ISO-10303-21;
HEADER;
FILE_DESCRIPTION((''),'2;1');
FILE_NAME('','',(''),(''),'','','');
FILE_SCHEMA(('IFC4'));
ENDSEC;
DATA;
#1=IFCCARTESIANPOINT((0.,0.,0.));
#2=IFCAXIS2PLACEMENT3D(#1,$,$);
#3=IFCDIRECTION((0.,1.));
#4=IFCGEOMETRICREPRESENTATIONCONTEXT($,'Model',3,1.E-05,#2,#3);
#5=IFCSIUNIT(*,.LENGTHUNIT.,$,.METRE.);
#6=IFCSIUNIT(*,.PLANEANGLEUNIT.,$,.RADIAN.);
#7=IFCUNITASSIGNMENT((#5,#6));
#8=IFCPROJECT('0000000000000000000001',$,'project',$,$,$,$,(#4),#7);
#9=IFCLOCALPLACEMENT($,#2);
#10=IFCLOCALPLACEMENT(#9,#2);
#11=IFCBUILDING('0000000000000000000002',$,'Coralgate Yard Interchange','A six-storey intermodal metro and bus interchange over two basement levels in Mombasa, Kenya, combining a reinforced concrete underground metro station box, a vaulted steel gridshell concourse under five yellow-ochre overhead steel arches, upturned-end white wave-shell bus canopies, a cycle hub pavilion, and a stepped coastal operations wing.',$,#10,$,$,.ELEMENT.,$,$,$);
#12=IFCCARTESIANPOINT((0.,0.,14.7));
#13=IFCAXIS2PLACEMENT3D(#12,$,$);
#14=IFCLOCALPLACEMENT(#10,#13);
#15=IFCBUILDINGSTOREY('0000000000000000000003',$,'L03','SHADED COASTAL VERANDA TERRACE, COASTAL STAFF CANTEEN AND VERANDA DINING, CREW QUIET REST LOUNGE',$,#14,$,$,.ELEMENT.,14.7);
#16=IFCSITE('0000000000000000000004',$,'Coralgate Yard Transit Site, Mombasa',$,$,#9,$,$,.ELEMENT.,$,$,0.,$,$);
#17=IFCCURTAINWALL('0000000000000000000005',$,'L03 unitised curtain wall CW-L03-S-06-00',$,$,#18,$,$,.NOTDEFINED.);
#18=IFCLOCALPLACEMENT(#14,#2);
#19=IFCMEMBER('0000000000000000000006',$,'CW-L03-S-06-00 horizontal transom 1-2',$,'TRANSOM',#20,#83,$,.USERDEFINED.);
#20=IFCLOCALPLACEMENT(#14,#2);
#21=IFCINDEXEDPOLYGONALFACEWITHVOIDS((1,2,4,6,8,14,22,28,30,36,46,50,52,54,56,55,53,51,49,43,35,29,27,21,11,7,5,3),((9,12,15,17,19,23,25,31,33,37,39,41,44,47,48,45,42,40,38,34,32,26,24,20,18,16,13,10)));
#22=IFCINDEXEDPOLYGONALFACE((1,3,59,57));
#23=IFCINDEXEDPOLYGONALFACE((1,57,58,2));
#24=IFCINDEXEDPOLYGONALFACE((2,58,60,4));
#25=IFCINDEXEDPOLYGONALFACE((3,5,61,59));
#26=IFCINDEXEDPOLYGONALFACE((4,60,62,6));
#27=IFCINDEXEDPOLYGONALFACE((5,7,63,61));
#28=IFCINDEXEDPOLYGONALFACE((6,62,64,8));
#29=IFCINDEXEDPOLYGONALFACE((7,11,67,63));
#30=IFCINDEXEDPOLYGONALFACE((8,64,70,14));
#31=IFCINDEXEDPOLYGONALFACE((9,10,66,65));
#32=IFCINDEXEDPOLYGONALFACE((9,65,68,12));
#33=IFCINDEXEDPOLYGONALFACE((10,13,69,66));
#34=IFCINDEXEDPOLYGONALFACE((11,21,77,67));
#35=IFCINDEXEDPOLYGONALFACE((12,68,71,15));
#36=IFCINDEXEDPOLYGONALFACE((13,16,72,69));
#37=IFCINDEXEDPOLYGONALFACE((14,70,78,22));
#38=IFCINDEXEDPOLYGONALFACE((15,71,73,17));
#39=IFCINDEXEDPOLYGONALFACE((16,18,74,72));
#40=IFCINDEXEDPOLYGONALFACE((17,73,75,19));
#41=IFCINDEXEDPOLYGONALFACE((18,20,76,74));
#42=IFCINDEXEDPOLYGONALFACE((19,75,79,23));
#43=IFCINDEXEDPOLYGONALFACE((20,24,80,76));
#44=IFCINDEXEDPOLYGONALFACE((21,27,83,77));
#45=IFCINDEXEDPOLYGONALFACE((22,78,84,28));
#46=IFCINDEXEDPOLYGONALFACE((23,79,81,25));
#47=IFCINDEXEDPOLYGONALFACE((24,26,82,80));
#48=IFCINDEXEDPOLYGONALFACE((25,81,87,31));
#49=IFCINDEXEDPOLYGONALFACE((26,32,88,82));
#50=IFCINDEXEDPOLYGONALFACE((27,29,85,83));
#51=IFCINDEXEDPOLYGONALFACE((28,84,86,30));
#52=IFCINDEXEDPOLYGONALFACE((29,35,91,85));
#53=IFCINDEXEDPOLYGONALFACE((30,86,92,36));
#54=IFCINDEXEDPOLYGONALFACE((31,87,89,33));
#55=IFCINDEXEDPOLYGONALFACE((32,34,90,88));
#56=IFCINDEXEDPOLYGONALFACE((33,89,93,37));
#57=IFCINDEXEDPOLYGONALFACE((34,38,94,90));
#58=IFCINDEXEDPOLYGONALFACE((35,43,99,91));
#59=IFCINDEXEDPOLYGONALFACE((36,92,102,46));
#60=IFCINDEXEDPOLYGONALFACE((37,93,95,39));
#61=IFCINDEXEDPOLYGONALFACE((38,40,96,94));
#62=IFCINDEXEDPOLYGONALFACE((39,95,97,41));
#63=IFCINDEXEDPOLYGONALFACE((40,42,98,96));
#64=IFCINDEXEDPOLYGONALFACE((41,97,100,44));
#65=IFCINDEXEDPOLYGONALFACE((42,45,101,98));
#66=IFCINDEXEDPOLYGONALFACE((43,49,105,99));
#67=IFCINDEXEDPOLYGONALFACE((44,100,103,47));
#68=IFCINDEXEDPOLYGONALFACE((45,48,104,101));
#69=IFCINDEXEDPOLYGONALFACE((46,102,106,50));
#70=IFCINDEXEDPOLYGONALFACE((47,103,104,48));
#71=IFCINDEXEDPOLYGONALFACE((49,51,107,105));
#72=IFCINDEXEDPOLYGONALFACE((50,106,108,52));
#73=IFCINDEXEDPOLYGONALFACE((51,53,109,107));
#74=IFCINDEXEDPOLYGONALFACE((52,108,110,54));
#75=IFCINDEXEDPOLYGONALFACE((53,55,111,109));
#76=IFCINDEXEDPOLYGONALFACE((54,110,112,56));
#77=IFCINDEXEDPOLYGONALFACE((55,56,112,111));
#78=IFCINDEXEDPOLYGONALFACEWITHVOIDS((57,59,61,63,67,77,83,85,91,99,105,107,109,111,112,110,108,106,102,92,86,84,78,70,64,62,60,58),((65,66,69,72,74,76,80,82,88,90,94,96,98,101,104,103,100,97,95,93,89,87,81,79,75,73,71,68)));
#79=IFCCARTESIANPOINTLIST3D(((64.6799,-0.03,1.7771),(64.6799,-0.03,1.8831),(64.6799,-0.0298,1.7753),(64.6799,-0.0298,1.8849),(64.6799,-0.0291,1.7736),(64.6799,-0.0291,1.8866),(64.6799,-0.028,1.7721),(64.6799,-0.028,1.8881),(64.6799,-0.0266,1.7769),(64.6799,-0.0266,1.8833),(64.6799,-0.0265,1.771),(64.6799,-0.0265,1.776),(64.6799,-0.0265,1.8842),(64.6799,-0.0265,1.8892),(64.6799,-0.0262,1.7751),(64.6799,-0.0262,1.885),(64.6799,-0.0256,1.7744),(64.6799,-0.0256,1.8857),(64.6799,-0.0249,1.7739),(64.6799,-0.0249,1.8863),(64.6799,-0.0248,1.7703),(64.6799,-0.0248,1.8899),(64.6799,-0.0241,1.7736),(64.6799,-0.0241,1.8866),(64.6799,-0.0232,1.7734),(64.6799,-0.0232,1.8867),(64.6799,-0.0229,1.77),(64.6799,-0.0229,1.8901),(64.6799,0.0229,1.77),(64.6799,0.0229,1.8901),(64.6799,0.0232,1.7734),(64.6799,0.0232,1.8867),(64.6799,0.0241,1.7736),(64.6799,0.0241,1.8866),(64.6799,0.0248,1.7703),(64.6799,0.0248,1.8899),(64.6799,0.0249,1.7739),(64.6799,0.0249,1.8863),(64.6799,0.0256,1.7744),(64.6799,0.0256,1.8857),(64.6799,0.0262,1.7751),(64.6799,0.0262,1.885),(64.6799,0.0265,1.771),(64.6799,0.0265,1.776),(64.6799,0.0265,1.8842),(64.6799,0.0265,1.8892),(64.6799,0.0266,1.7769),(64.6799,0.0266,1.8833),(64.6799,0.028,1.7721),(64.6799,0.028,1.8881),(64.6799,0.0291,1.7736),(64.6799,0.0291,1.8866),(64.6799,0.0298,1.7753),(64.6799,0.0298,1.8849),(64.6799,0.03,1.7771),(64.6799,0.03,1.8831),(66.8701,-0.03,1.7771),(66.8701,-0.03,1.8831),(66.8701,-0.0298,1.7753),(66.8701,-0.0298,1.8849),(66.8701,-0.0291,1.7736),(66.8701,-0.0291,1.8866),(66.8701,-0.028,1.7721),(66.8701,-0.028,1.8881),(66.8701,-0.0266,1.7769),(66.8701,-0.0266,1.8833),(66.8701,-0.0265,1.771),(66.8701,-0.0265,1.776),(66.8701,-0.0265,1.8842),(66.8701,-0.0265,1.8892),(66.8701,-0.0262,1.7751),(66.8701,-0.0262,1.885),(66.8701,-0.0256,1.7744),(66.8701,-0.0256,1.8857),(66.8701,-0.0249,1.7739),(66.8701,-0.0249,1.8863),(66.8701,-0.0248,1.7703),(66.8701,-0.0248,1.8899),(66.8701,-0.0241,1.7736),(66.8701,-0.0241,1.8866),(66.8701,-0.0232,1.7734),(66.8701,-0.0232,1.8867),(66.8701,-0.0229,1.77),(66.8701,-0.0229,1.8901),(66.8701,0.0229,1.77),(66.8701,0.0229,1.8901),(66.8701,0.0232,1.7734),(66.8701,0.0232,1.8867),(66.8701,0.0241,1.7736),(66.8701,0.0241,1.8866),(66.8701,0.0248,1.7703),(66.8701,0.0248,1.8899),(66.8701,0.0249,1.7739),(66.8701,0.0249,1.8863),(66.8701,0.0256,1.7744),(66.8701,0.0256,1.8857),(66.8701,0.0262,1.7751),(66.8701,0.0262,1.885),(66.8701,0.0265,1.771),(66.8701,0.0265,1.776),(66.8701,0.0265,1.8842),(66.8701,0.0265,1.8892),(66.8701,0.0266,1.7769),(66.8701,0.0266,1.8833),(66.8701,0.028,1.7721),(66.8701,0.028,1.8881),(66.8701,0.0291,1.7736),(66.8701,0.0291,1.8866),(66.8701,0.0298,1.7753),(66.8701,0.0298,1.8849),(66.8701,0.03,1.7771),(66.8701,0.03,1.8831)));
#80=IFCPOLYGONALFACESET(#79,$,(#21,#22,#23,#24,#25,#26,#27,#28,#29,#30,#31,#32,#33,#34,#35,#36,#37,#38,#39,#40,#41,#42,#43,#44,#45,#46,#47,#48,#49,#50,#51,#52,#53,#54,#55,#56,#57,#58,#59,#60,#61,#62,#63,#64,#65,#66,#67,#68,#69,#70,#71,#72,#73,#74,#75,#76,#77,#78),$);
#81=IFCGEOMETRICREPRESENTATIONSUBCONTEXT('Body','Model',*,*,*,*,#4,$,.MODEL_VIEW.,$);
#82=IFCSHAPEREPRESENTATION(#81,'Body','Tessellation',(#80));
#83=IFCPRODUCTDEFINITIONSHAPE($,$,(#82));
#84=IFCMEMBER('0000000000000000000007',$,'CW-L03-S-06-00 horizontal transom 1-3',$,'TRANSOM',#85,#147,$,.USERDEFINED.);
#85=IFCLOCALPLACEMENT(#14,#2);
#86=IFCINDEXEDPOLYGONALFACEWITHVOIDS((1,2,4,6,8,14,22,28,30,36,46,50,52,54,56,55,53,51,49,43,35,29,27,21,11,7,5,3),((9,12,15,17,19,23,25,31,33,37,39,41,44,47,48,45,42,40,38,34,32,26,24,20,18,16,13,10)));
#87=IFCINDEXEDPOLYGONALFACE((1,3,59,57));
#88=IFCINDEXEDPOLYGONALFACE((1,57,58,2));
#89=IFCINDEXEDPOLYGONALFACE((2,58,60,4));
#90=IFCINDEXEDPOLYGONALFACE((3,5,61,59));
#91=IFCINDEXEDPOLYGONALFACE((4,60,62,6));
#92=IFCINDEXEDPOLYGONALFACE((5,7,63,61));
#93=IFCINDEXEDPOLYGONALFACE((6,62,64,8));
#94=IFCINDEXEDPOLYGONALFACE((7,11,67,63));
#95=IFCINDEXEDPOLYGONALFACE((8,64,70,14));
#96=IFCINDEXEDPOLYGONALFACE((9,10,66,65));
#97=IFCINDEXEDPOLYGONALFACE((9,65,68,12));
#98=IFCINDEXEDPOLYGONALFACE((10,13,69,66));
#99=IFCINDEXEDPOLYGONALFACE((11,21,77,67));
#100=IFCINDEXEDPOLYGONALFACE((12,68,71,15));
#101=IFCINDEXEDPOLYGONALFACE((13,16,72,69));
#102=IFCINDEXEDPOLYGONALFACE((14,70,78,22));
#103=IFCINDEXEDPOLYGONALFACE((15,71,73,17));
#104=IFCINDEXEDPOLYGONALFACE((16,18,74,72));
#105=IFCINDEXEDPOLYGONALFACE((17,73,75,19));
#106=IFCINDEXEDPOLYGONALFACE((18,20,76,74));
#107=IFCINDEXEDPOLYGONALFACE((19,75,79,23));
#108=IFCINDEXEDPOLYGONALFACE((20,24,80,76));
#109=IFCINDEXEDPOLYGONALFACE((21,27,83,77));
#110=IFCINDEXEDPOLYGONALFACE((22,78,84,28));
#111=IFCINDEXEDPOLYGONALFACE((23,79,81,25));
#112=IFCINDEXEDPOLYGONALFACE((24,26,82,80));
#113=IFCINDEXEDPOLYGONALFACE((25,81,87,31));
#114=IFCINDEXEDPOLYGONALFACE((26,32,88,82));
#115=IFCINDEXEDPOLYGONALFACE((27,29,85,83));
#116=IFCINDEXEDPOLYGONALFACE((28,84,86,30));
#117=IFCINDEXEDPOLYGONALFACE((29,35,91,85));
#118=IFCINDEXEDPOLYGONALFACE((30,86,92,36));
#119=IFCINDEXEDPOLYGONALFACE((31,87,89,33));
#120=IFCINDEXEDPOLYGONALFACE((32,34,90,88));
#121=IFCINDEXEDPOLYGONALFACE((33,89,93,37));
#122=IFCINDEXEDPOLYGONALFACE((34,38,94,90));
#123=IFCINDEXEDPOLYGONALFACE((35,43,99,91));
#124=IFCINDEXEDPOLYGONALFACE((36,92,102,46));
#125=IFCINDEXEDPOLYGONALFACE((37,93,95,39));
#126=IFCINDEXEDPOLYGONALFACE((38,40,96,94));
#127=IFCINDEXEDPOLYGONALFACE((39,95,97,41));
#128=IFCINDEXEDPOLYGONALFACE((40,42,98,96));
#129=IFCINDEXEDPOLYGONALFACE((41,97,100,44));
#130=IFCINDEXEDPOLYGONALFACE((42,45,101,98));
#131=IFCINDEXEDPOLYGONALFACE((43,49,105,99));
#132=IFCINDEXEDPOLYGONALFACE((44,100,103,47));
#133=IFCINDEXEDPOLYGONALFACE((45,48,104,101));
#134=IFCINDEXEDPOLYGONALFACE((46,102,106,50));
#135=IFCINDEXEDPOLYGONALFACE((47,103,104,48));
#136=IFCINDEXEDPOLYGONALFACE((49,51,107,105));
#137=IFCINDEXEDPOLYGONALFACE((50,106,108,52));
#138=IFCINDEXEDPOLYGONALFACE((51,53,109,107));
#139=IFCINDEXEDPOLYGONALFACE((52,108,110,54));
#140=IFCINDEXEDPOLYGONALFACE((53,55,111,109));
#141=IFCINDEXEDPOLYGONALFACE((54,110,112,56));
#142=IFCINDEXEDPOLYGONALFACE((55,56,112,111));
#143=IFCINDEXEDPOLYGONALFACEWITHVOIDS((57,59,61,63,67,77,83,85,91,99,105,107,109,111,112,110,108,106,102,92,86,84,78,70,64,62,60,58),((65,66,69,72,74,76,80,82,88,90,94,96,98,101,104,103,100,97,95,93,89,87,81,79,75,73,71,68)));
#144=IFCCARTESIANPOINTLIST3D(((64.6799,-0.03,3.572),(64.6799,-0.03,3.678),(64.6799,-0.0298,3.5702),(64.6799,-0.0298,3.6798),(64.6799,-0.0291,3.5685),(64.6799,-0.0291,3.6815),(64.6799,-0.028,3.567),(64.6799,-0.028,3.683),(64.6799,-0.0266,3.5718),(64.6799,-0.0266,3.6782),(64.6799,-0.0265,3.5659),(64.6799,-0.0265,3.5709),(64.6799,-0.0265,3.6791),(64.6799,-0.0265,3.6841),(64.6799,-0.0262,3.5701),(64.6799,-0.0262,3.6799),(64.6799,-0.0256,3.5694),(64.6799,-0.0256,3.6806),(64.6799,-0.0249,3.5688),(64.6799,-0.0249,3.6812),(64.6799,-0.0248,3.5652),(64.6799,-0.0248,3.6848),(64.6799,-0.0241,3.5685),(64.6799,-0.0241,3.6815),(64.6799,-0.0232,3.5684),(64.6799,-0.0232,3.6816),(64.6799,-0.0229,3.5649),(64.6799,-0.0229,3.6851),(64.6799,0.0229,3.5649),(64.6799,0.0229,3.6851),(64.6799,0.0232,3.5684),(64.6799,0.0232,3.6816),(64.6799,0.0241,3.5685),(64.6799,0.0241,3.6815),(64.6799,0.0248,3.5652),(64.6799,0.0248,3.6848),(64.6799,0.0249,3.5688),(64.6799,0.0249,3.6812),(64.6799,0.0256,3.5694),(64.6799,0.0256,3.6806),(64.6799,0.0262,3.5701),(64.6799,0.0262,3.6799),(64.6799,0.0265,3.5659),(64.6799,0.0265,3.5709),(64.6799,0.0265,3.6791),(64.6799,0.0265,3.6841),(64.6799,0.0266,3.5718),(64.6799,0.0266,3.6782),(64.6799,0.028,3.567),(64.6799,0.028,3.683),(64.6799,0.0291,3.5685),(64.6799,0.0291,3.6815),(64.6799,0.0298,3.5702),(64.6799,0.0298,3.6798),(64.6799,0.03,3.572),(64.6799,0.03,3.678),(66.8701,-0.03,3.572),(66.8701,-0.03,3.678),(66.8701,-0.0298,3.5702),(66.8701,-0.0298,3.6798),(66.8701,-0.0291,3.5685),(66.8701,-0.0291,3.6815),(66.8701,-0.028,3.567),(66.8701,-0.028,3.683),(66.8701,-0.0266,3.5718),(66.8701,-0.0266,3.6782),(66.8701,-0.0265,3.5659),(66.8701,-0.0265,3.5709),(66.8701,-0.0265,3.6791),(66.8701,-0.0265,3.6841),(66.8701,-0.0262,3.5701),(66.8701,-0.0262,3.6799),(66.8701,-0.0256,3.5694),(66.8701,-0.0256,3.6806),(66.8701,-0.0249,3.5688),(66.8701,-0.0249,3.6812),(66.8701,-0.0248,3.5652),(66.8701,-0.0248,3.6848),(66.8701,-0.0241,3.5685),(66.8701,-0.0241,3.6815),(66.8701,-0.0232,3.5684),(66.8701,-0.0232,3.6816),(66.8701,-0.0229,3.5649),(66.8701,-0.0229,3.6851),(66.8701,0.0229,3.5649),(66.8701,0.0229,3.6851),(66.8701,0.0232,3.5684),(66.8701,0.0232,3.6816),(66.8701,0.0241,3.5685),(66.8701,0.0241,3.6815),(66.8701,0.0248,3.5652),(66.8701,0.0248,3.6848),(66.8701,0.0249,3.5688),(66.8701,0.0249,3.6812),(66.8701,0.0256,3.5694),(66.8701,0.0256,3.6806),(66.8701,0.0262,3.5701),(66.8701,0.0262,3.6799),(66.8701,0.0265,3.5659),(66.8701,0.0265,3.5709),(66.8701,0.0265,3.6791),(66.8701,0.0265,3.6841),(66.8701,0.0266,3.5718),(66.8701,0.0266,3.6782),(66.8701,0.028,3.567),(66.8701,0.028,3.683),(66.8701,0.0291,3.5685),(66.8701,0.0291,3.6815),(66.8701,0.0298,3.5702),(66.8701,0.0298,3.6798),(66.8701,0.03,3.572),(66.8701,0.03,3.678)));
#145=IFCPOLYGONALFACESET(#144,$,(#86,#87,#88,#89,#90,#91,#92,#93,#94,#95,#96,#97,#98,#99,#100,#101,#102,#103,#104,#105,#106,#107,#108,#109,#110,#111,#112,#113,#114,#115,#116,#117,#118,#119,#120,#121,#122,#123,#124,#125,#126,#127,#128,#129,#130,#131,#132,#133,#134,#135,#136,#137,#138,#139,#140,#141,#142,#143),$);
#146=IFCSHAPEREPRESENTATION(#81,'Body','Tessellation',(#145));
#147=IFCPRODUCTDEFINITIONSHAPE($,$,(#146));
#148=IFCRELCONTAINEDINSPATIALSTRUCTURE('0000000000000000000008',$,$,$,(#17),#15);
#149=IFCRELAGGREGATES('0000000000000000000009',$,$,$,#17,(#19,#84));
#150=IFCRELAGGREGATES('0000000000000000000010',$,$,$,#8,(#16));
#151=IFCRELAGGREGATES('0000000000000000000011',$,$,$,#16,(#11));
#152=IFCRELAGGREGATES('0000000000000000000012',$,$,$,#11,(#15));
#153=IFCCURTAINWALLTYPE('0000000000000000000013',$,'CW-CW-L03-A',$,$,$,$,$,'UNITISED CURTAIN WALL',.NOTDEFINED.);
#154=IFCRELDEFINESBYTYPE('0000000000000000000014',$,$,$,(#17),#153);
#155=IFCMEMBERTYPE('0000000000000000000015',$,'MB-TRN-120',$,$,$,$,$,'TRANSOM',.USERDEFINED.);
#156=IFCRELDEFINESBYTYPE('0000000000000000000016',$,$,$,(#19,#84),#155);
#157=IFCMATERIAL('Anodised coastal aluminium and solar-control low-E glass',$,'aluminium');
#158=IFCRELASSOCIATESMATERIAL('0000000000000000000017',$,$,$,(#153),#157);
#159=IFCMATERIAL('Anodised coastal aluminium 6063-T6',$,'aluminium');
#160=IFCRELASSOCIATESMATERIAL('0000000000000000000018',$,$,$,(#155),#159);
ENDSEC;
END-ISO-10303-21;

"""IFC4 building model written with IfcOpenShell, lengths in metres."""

from ifc_helpers import new_model, si_unit, direction, frame, origin, origin_2d, place, context, subcontext, project, spatial, hollow_rectangle, extrude, material, material_profile, profile_set, type_object, element, aggregate, save


model = new_model("IFC4")

# Units and contexts
model_context = context("Model", 3, precision=1e-05, world=origin(), true_north=direction((0.0, 1.0)))
body_context = subcontext(model_context, "Body", "Model", "MODEL_VIEW")
ifc_project = project(units=[si_unit("LENGTHUNIT", "METRE"), si_unit("PLANEANGLEUNIT", "RADIAN")], contexts=[model_context])

# Site, building, storey
site_placement = place(None, origin())
site = spatial("IfcSite", under=ifc_project, at=site_placement, Name="Coralgate Yard Transit Site, Mombasa", CompositionType="ELEMENT", RefElevation=0.0)
building_placement = place(site_placement, origin())
building = spatial("IfcBuilding", under=site, at=building_placement, Name="Coralgate Yard Interchange", Description="A six-storey intermodal metro and bus interchange over two basement levels in Mombasa, Kenya, combining a reinforced concrete underground metro station box, a vaulted steel gridshell concourse under five yellow-ochre overhead steel arches, upturned-end white wave-shell bus canopies, a cycle hub pavilion, and a stepped coastal operations wing.", CompositionType="ELEMENT")
storey_placement = place(building_placement, frame((0.0, 0.0, 14.7)))
storey = spatial("IfcBuildingStorey", under=building, at=storey_placement, Name="L03", Description="SHADED COASTAL VERANDA TERRACE, COASTAL STAFF CANTEEN AND VERANDA DINING, CREW QUIET REST LOUNGE", CompositionType="ELEMENT", Elevation=14.7)

# Curtain wall, members
ifc_material_1 = material(Name="Anodised coastal aluminium and solar-control low-E glass", Category="aluminium")
curtain_wall_type = type_object("IfcCurtainWallType", Name="CW-CW-L03-A", ElementType="UNITISED CURTAIN WALL", PredefinedType="NOTDEFINED", material=ifc_material_1)
curtain_wall_placement = place(storey_placement, origin())
curtain_wall = element("IfcCurtainWall", 1, at=curtain_wall_placement, inside=storey, type_object=curtain_wall_type, Name="L03 unitised curtain wall CW-L03-S-06-00", PredefinedType="NOTDEFINED")
ifc_material_2 = material(Name="Anodised coastal aluminium 6063-T6", Category="aluminium")
ifc_material_profile_1 = material_profile(ifc_material_2, hollow_rectangle(XDim=0.0601, YDim=0.1201, WallThickness=0.0034, InnerFilletRadius=0.0034, OuterFilletRadius=0.0071, at=origin_2d()), Name="ALU 60x120x3.5")
ifc_profile_set_1 = profile_set([ifc_material_profile_1], Name="Anodised coastal aluminium 6063-T6")
member_type_1 = type_object("IfcMemberType", Name="MB-TRN-120", ElementType="TRANSOM", PredefinedType="USERDEFINED", material=ifc_profile_set_1)
member_1_placement = place(storey_placement, frame((66.8701, 0.0, 1.8301), z_axis=(-1.0, 0.0, 0.0), x_axis=(0.0, -1.0, 0.0)))
member_1 = element("IfcMember", 2, at=member_1_placement, type_object=member_type_1, Name="CW-L03-S-06-00 horizontal transom 1-2", ObjectType="TRANSOM", PredefinedType="USERDEFINED", context=body_context, shape_type="SweptSolid", body=[
    extrude(hollow_rectangle(XDim=0.0601, YDim=0.1201, WallThickness=0.0034, InnerFilletRadius=0.0034, OuterFilletRadius=0.0071, at=origin_2d()), origin(), (0.0, 0.0, 1.0), 2.1902),
])
member_2_placement = place(storey_placement, frame((66.8701, 0.0, 3.625), z_axis=(-1.0, 0.0, 0.0), x_axis=(0.0, -1.0, 0.0)))
member_2 = element("IfcMember", 3, at=member_2_placement, type_object=member_type_1, Name="CW-L03-S-06-00 horizontal transom 1-3", ObjectType="TRANSOM", PredefinedType="USERDEFINED", context=body_context, shape_type="SweptSolid", body=[
    extrude(hollow_rectangle(XDim=0.0601, YDim=0.1201, WallThickness=0.0034, InnerFilletRadius=0.0034, OuterFilletRadius=0.0071, at=origin_2d()), origin(), (0.0, 0.0, 1.0), 2.1902),
])
aggregate(curtain_wall, [member_1, member_2])

save(model, "model.ifc")
